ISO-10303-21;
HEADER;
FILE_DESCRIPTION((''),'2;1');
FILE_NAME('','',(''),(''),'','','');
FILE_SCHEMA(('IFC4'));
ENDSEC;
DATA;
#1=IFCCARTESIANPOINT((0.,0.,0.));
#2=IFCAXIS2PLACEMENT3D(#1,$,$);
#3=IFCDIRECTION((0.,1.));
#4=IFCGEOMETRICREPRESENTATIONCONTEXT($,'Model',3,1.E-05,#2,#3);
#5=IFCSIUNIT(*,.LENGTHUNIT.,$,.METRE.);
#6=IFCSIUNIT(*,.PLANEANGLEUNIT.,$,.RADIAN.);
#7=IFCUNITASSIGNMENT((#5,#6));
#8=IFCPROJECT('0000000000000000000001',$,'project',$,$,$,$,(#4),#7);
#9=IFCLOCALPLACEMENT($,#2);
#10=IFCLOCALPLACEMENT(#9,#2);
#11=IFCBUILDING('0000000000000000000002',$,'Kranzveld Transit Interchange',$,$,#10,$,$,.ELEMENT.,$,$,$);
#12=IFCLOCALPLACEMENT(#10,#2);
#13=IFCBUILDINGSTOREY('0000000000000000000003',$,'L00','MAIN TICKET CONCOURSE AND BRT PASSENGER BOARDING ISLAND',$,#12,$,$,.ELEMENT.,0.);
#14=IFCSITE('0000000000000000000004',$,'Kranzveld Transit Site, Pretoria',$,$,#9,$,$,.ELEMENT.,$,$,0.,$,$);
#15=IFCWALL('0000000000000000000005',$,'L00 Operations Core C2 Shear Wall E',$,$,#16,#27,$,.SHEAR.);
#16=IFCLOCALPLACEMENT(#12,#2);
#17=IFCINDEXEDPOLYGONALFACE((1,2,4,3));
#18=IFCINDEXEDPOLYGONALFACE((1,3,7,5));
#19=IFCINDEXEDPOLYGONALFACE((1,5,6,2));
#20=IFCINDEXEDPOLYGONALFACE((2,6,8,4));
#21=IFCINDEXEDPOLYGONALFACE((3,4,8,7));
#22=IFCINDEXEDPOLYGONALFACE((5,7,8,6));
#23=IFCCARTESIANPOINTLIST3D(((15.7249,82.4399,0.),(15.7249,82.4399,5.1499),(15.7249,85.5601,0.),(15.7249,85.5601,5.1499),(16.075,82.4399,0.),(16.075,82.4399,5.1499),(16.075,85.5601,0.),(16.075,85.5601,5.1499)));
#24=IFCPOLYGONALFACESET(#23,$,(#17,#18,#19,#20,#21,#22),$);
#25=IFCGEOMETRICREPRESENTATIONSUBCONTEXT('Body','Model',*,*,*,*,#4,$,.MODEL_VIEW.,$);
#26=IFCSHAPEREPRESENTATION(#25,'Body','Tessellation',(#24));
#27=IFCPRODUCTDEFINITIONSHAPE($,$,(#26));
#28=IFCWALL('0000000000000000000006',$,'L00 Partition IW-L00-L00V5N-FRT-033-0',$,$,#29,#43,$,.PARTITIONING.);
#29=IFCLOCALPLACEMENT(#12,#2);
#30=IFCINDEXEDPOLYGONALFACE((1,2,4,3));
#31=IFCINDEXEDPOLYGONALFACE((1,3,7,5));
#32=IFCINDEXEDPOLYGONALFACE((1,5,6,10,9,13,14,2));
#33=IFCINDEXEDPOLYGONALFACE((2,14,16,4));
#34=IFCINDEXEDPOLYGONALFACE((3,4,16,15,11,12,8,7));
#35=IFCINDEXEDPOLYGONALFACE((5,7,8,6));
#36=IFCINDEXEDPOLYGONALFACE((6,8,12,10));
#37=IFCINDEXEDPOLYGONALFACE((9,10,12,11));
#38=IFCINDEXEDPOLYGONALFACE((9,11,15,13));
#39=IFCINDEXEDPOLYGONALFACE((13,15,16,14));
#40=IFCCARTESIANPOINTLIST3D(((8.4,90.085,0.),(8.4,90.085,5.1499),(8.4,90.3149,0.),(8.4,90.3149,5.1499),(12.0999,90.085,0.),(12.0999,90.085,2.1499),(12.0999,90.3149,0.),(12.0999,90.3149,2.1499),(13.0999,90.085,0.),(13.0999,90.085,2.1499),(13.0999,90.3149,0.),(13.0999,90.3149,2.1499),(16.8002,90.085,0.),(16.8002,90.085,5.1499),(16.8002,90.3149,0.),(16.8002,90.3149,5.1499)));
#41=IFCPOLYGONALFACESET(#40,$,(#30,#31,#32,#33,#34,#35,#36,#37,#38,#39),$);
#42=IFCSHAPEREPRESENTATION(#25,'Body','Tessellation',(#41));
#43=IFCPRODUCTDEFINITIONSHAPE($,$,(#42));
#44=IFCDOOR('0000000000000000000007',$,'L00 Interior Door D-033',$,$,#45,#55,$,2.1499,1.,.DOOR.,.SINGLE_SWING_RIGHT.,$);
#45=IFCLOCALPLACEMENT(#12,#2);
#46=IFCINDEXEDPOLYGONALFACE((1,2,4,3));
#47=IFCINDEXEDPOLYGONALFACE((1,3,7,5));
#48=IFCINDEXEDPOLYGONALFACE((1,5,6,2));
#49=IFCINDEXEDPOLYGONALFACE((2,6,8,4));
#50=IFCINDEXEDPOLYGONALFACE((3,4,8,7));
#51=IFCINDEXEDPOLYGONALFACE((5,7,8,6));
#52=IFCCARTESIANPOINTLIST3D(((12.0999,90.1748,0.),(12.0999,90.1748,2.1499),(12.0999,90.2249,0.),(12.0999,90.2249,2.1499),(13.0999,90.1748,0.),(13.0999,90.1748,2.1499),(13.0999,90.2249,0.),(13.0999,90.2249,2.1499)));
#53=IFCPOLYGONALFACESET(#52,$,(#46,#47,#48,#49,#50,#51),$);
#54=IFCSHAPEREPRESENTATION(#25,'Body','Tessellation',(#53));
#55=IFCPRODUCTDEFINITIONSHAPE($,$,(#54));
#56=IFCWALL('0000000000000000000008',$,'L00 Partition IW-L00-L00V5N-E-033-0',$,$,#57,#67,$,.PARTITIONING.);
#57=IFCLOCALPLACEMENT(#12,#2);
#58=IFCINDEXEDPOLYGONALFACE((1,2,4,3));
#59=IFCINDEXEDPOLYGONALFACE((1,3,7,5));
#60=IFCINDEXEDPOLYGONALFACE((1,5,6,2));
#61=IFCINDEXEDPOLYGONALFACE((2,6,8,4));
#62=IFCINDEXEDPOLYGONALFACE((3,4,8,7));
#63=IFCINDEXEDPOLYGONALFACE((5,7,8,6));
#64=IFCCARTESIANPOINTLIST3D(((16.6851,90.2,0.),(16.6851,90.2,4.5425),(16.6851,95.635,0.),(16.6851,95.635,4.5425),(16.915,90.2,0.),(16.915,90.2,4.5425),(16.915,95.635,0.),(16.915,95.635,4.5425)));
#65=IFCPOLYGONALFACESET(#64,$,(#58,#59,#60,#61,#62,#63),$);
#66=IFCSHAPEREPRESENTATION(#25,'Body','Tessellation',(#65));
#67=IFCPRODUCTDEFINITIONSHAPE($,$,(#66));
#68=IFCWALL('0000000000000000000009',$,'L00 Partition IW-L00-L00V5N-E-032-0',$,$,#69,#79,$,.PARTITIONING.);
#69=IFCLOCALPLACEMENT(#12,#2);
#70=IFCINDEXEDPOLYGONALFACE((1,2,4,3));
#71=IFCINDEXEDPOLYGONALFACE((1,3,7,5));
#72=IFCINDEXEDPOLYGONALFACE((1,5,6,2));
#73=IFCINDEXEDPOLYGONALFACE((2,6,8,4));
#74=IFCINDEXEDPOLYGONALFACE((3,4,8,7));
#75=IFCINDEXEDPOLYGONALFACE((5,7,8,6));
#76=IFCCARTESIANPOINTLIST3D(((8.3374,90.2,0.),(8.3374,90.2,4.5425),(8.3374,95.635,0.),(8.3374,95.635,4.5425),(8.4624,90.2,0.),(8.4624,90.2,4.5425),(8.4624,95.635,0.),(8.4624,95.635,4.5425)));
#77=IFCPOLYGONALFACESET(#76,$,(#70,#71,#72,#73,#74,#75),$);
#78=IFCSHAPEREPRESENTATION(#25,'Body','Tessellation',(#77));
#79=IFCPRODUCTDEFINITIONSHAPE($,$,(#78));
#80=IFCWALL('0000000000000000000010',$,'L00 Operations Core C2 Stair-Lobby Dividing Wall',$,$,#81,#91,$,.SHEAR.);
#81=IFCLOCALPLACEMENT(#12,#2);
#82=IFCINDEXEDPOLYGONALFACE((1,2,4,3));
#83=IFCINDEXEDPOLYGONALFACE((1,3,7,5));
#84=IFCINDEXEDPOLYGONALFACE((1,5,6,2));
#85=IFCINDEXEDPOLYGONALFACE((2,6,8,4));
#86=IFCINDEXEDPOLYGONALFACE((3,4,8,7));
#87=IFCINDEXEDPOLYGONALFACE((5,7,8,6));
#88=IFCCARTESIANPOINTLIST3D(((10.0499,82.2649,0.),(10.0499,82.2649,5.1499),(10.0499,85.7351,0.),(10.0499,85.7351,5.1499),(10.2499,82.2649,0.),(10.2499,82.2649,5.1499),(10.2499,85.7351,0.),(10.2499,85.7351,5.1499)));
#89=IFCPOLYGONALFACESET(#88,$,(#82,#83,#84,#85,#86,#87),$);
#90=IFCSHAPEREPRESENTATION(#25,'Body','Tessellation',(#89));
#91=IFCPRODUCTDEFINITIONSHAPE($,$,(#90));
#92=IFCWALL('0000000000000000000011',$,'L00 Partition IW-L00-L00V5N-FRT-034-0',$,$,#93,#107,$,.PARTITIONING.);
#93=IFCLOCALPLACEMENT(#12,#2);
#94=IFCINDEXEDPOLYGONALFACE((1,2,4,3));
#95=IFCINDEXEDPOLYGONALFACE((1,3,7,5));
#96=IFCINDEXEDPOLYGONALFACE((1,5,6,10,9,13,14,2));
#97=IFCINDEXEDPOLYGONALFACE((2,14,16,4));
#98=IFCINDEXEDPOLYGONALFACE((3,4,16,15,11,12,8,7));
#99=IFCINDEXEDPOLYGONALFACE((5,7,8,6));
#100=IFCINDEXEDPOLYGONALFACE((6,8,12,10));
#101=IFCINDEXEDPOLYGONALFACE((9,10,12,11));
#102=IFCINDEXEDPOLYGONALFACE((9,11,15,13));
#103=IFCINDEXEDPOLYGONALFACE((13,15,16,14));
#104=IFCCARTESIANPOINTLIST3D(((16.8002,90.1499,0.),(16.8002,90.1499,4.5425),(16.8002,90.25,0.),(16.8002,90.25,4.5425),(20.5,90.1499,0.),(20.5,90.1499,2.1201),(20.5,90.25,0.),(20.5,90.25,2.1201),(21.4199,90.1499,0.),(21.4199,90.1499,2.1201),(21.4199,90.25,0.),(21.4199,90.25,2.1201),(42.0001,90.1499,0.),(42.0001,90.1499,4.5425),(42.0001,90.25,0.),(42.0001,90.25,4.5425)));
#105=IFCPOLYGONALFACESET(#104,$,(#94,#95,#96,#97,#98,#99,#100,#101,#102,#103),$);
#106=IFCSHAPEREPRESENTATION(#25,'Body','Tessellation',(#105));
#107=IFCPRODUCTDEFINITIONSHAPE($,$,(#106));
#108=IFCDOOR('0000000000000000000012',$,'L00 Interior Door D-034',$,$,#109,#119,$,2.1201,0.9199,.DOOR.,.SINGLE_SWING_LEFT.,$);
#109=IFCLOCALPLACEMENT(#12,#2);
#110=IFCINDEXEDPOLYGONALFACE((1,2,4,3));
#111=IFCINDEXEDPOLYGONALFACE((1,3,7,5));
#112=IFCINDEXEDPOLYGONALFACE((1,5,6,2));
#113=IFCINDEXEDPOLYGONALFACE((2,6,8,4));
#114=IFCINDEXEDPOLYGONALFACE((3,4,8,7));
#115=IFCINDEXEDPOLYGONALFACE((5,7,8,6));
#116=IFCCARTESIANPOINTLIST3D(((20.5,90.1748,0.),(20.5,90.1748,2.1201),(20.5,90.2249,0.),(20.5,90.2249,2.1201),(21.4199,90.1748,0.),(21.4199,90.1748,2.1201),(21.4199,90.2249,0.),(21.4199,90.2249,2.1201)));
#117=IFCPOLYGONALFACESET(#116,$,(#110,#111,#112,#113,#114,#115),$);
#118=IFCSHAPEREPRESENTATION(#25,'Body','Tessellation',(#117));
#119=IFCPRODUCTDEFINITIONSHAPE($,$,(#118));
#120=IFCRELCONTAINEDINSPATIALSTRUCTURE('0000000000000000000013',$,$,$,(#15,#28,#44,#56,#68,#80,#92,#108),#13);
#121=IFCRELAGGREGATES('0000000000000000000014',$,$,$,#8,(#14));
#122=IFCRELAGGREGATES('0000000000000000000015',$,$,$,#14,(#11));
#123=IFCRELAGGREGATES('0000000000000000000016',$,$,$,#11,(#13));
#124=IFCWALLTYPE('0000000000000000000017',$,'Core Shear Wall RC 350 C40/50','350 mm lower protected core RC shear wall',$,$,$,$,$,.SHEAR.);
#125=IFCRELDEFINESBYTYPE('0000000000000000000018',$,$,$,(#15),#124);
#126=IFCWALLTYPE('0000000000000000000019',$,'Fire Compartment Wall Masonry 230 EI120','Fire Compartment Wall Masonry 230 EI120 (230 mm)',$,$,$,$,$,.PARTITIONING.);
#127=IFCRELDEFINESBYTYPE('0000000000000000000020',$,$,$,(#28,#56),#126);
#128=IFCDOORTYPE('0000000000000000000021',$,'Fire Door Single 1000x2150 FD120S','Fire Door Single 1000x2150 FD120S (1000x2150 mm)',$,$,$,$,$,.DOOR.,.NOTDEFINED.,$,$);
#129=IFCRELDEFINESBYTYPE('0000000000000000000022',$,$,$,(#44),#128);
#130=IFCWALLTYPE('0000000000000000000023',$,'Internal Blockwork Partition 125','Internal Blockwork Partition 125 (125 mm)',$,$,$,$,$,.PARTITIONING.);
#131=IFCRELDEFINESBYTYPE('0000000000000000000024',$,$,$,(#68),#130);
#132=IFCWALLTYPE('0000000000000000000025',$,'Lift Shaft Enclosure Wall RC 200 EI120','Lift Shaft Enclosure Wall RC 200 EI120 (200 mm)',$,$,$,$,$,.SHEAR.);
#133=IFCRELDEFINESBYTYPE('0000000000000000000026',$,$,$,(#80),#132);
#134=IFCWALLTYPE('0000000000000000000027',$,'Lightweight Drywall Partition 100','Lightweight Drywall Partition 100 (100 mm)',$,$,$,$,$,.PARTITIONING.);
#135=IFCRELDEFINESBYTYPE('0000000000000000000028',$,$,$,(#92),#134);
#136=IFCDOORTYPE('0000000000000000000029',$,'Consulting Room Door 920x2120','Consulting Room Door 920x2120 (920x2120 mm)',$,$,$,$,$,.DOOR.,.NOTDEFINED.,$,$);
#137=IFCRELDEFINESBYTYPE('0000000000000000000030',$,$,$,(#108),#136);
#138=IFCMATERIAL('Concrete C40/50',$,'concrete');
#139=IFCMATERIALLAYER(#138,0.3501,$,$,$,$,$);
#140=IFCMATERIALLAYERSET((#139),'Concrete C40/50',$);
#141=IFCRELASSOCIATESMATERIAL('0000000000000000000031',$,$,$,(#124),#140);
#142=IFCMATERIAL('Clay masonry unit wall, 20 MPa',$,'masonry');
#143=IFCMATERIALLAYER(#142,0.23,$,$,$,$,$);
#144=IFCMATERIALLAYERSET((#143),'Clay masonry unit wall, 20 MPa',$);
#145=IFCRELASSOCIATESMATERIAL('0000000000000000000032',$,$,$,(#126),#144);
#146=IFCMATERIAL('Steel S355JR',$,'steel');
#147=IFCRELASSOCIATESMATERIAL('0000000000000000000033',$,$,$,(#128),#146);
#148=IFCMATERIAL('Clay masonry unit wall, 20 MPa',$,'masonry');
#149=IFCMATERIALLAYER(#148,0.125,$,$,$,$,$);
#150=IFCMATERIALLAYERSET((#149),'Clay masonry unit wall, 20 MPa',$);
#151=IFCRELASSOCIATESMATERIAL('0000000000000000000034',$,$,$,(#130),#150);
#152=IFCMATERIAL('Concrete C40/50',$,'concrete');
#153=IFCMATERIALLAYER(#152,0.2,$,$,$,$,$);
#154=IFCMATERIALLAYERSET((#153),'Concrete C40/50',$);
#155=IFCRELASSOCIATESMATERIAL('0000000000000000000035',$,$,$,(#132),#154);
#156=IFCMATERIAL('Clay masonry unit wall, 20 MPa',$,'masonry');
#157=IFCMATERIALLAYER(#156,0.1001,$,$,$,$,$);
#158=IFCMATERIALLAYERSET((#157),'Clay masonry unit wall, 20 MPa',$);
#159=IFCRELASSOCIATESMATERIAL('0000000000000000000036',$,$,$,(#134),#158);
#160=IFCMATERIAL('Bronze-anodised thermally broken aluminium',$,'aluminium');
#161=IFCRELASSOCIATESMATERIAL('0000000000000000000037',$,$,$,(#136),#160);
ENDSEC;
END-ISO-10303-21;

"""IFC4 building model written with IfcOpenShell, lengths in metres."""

from ifc_helpers import new_model, si_unit, direction, frame, frame_2d, origin, place, context, subcontext, project, spatial, rectangle, extrude, material, layer, layer_set, type_object, element, fill, save


model = new_model("IFC4")

# Units and contexts
model_context = context("Model", 3, precision=1e-05, world=origin(), true_north=direction((0.0, 1.0)))
body_context = subcontext(model_context, "Body", "Model", "MODEL_VIEW")
ifc_project = project(units=[si_unit("LENGTHUNIT", "METRE"), si_unit("PLANEANGLEUNIT", "RADIAN")], contexts=[model_context])

# Site, building, storey
site_placement = place(None, origin())
site = spatial("IfcSite", under=ifc_project, at=site_placement, Name="Kranzveld Transit Site, Pretoria", CompositionType="ELEMENT", RefElevation=0.0)
building_placement = place(site_placement, origin())
building = spatial("IfcBuilding", under=site, at=building_placement, Name="Kranzveld Transit Interchange", CompositionType="ELEMENT")
storey_placement = place(building_placement, origin())
storey = spatial("IfcBuildingStorey", under=building, at=storey_placement, Name="L00", Description="MAIN TICKET CONCOURSE AND BRT PASSENGER BOARDING ISLAND", CompositionType="ELEMENT", Elevation=0.0)

# Wall
ifc_material_1 = material(Name="Concrete C40/50", Category="concrete")
ifc_layer_1 = layer(ifc_material_1, 0.3501)
ifc_layer_set_1 = layer_set([ifc_layer_1], Name="Concrete C40/50")
wall_type_1 = type_object("IfcWallType", Name="Core Shear Wall RC 350 C40/50", Description="350 mm lower protected core RC shear wall", PredefinedType="SHEAR", material=ifc_layer_set_1)
wall_1_placement = place(storey_placement, frame((15.8999, 82.4399, 0.0), z_axis=(0.0, 0.0, 1.0), x_axis=(0.0, 1.0, 0.0)))
element("IfcWall", 1, at=wall_1_placement, inside=storey, type_object=wall_type_1, Name="L00 Operations Core C2 Shear Wall E", PredefinedType="SHEAR", context=body_context, shape_type="SweptSolid", body=[
    extrude(rectangle(XDim=3.1201, YDim=0.3501, at=frame_2d((1.5601, 0.0))), origin(), (0.0, 0.0, 1.0), 5.1499),
])

# Wall, opening, door
ifc_material_2 = material(Name="Clay masonry unit wall, 20 MPa", Category="masonry")
ifc_layer_2 = layer(ifc_material_2, 0.23)
ifc_layer_set_2 = layer_set([ifc_layer_2], Name="Clay masonry unit wall, 20 MPa")
wall_type_2 = type_object("IfcWallType", Name="Fire Compartment Wall Masonry 230 EI120", Description="Fire Compartment Wall Masonry 230 EI120 (230 mm)", PredefinedType="PARTITIONING", material=ifc_layer_set_2)
wall_2_placement = place(storey_placement, frame((8.3999, 90.2, 0.0), z_axis=(0.0, 0.0, 1.0), x_axis=(1.0, 0.0, 0.0)))
wall_2 = element("IfcWall", 2, at=wall_2_placement, inside=storey, type_object=wall_type_2, Name="L00 Partition IW-L00-L00V5N-FRT-033-0", PredefinedType="PARTITIONING", context=body_context, shape_type="SweptSolid", body=[
    extrude(rectangle(XDim=8.4001, YDim=0.23, at=frame_2d((4.2002, 0.0))), origin(), (0.0, 0.0, 1.0), 5.1499),
])
opening_1_placement = place(wall_2_placement, frame((3.7, 0.0, 0.0), z_axis=(0.0, 0.0, 1.0), x_axis=(1.0, 0.0, 0.0)))
opening_1 = element("IfcOpeningElement", 3, at=opening_1_placement, cuts=wall_2, PredefinedType="OPENING", context=body_context, shape_type="SweptSolid", body=[
    extrude(rectangle(XDim=1.0, YDim=2.1499, at=frame_2d((0.5, 1.075))), frame((0.0, 0.125, 0.0), z_axis=(0.0, -1.0, 0.0), x_axis=(1.0, 0.0, 0.0)), (0.0, 0.0, 1.0), 0.25),
])
ifc_material_3 = material(Name="Steel S355JR", Category="steel")
door_type_1 = type_object("IfcDoorType", Name="Fire Door Single 1000x2150 FD120S", Description="Fire Door Single 1000x2150 FD120S (1000x2150 mm)", OperationType="NOTDEFINED", PredefinedType="DOOR", material=ifc_material_3)
door_1_placement = place(opening_1_placement, origin())
door_1 = element("IfcDoor", 4, at=door_1_placement, inside=storey, type_object=door_type_1, Name="L00 Interior Door D-033", OperationType="SINGLE_SWING_RIGHT", OverallHeight=2.1499, OverallWidth=1.0, PredefinedType="DOOR", context=body_context, shape_type="SweptSolid", body=[
    extrude(rectangle(XDim=1.0, YDim=2.1499, at=frame_2d((0.5, 1.075))), frame((0.0, 0.0249, 0.0), z_axis=(0.0, -1.0, 0.0), x_axis=(1.0, 0.0, 0.0)), (0.0, 0.0, 1.0), 0.05),
])
fill(opening_1, door_1)

# Walls
wall_3_placement = place(storey_placement, frame((16.8, 90.2, 0.0), z_axis=(0.0, 0.0, 1.0), x_axis=(0.0, 1.0, 0.0)))
element("IfcWall", 5, at=wall_3_placement, inside=storey, type_object=wall_type_2, Name="L00 Partition IW-L00-L00V5N-E-033-0", PredefinedType="PARTITIONING", context=body_context, shape_type="SweptSolid", body=[
    extrude(rectangle(XDim=5.4351, YDim=0.23, at=frame_2d((2.7175, 0.0))), origin(), (0.0, 0.0, 1.0), 4.5425),
])
ifc_material_4 = material(Name="Clay masonry unit wall, 20 MPa", Category="masonry")
ifc_layer_3 = layer(ifc_material_4, 0.125)
ifc_layer_set_3 = layer_set([ifc_layer_3], Name="Clay masonry unit wall, 20 MPa")
wall_type_3 = type_object("IfcWallType", Name="Internal Blockwork Partition 125", Description="Internal Blockwork Partition 125 (125 mm)", PredefinedType="PARTITIONING", material=ifc_layer_set_3)
wall_4_placement = place(storey_placement, frame((8.3999, 90.2, 0.0), z_axis=(0.0, 0.0, 1.0), x_axis=(0.0, 1.0, 0.0)))
element("IfcWall", 6, at=wall_4_placement, inside=storey, type_object=wall_type_3, Name="L00 Partition IW-L00-L00V5N-E-032-0", PredefinedType="PARTITIONING", context=body_context, shape_type="SweptSolid", body=[
    extrude(rectangle(XDim=5.4351, YDim=0.125, at=frame_2d((2.7175, 0.0))), origin(), (0.0, 0.0, 1.0), 4.5425),
])
ifc_material_5 = material(Name="Concrete C40/50", Category="concrete")
ifc_layer_4 = layer(ifc_material_5, 0.2)
ifc_layer_set_4 = layer_set([ifc_layer_4], Name="Concrete C40/50")
wall_type_4 = type_object("IfcWallType", Name="Lift Shaft Enclosure Wall RC 200 EI120", Description="Lift Shaft Enclosure Wall RC 200 EI120 (200 mm)", PredefinedType="SHEAR", material=ifc_layer_set_4)
wall_5_placement = place(storey_placement, frame((10.1499, 82.2649, 0.0), z_axis=(0.0, 0.0, 1.0), x_axis=(0.0, 1.0, 0.0)))
element("IfcWall", 7, at=wall_5_placement, inside=storey, type_object=wall_type_4, Name="L00 Operations Core C2 Stair-Lobby Dividing Wall", PredefinedType="SHEAR", context=body_context, shape_type="SweptSolid", body=[
    extrude(rectangle(XDim=3.4702, YDim=0.2, at=frame_2d((1.7351, 0.0))), origin(), (0.0, 0.0, 1.0), 5.1499),
])

# Wall, opening, door
ifc_material_6 = material(Name="Clay masonry unit wall, 20 MPa", Category="masonry")
ifc_layer_5 = layer(ifc_material_6, 0.1001)
ifc_layer_set_5 = layer_set([ifc_layer_5], Name="Clay masonry unit wall, 20 MPa")
wall_type_5 = type_object("IfcWallType", Name="Lightweight Drywall Partition 100", Description="Lightweight Drywall Partition 100 (100 mm)", PredefinedType="PARTITIONING", material=ifc_layer_set_5)
wall_6_placement = place(storey_placement, frame((16.8, 90.2, 0.0), z_axis=(0.0, 0.0, 1.0), x_axis=(1.0, 0.0, 0.0)))
wall_6 = element("IfcWall", 8, at=wall_6_placement, inside=storey, type_object=wall_type_5, Name="L00 Partition IW-L00-L00V5N-FRT-034-0", PredefinedType="PARTITIONING", context=body_context, shape_type="SweptSolid", body=[
    extrude(rectangle(XDim=25.2, YDim=0.1001, at=frame_2d((12.6001, 0.0))), origin(), (0.0, 0.0, 1.0), 4.5425),
])
opening_2_placement = place(wall_6_placement, frame((3.7, 0.0, 0.0), z_axis=(0.0, 0.0, 1.0), x_axis=(1.0, 0.0, 0.0)))
opening_2 = element("IfcOpeningElement", 9, at=opening_2_placement, cuts=wall_6, PredefinedType="OPENING", context=body_context, shape_type="SweptSolid", body=[
    extrude(rectangle(XDim=0.9199, YDim=2.1201, at=frame_2d((0.46, 1.0601))), frame((0.0, 0.0601, 0.0), z_axis=(0.0, -1.0, 0.0), x_axis=(1.0, 0.0, 0.0)), (0.0, 0.0, 1.0), 0.1201),
])
ifc_material_7 = material(Name="Bronze-anodised thermally broken aluminium", Category="aluminium")
door_type_2 = type_object("IfcDoorType", Name="Consulting Room Door 920x2120", Description="Consulting Room Door 920x2120 (920x2120 mm)", OperationType="NOTDEFINED", PredefinedType="DOOR", material=ifc_material_7)
door_2_placement = place(opening_2_placement, origin())
door_2 = element("IfcDoor", 10, at=door_2_placement, inside=storey, type_object=door_type_2, Name="L00 Interior Door D-034", OperationType="SINGLE_SWING_LEFT", OverallHeight=2.1201, OverallWidth=0.9199, PredefinedType="DOOR", context=body_context, shape_type="SweptSolid", body=[
    extrude(rectangle(XDim=0.9199, YDim=2.1201, at=frame_2d((0.46, 1.0601))), frame((0.0, 0.0249, 0.0), z_axis=(0.0, -1.0, 0.0), x_axis=(1.0, 0.0, 0.0)), (0.0, 0.0, 1.0), 0.05),
])
fill(opening_2, door_2)

save(model, "model.ifc")
